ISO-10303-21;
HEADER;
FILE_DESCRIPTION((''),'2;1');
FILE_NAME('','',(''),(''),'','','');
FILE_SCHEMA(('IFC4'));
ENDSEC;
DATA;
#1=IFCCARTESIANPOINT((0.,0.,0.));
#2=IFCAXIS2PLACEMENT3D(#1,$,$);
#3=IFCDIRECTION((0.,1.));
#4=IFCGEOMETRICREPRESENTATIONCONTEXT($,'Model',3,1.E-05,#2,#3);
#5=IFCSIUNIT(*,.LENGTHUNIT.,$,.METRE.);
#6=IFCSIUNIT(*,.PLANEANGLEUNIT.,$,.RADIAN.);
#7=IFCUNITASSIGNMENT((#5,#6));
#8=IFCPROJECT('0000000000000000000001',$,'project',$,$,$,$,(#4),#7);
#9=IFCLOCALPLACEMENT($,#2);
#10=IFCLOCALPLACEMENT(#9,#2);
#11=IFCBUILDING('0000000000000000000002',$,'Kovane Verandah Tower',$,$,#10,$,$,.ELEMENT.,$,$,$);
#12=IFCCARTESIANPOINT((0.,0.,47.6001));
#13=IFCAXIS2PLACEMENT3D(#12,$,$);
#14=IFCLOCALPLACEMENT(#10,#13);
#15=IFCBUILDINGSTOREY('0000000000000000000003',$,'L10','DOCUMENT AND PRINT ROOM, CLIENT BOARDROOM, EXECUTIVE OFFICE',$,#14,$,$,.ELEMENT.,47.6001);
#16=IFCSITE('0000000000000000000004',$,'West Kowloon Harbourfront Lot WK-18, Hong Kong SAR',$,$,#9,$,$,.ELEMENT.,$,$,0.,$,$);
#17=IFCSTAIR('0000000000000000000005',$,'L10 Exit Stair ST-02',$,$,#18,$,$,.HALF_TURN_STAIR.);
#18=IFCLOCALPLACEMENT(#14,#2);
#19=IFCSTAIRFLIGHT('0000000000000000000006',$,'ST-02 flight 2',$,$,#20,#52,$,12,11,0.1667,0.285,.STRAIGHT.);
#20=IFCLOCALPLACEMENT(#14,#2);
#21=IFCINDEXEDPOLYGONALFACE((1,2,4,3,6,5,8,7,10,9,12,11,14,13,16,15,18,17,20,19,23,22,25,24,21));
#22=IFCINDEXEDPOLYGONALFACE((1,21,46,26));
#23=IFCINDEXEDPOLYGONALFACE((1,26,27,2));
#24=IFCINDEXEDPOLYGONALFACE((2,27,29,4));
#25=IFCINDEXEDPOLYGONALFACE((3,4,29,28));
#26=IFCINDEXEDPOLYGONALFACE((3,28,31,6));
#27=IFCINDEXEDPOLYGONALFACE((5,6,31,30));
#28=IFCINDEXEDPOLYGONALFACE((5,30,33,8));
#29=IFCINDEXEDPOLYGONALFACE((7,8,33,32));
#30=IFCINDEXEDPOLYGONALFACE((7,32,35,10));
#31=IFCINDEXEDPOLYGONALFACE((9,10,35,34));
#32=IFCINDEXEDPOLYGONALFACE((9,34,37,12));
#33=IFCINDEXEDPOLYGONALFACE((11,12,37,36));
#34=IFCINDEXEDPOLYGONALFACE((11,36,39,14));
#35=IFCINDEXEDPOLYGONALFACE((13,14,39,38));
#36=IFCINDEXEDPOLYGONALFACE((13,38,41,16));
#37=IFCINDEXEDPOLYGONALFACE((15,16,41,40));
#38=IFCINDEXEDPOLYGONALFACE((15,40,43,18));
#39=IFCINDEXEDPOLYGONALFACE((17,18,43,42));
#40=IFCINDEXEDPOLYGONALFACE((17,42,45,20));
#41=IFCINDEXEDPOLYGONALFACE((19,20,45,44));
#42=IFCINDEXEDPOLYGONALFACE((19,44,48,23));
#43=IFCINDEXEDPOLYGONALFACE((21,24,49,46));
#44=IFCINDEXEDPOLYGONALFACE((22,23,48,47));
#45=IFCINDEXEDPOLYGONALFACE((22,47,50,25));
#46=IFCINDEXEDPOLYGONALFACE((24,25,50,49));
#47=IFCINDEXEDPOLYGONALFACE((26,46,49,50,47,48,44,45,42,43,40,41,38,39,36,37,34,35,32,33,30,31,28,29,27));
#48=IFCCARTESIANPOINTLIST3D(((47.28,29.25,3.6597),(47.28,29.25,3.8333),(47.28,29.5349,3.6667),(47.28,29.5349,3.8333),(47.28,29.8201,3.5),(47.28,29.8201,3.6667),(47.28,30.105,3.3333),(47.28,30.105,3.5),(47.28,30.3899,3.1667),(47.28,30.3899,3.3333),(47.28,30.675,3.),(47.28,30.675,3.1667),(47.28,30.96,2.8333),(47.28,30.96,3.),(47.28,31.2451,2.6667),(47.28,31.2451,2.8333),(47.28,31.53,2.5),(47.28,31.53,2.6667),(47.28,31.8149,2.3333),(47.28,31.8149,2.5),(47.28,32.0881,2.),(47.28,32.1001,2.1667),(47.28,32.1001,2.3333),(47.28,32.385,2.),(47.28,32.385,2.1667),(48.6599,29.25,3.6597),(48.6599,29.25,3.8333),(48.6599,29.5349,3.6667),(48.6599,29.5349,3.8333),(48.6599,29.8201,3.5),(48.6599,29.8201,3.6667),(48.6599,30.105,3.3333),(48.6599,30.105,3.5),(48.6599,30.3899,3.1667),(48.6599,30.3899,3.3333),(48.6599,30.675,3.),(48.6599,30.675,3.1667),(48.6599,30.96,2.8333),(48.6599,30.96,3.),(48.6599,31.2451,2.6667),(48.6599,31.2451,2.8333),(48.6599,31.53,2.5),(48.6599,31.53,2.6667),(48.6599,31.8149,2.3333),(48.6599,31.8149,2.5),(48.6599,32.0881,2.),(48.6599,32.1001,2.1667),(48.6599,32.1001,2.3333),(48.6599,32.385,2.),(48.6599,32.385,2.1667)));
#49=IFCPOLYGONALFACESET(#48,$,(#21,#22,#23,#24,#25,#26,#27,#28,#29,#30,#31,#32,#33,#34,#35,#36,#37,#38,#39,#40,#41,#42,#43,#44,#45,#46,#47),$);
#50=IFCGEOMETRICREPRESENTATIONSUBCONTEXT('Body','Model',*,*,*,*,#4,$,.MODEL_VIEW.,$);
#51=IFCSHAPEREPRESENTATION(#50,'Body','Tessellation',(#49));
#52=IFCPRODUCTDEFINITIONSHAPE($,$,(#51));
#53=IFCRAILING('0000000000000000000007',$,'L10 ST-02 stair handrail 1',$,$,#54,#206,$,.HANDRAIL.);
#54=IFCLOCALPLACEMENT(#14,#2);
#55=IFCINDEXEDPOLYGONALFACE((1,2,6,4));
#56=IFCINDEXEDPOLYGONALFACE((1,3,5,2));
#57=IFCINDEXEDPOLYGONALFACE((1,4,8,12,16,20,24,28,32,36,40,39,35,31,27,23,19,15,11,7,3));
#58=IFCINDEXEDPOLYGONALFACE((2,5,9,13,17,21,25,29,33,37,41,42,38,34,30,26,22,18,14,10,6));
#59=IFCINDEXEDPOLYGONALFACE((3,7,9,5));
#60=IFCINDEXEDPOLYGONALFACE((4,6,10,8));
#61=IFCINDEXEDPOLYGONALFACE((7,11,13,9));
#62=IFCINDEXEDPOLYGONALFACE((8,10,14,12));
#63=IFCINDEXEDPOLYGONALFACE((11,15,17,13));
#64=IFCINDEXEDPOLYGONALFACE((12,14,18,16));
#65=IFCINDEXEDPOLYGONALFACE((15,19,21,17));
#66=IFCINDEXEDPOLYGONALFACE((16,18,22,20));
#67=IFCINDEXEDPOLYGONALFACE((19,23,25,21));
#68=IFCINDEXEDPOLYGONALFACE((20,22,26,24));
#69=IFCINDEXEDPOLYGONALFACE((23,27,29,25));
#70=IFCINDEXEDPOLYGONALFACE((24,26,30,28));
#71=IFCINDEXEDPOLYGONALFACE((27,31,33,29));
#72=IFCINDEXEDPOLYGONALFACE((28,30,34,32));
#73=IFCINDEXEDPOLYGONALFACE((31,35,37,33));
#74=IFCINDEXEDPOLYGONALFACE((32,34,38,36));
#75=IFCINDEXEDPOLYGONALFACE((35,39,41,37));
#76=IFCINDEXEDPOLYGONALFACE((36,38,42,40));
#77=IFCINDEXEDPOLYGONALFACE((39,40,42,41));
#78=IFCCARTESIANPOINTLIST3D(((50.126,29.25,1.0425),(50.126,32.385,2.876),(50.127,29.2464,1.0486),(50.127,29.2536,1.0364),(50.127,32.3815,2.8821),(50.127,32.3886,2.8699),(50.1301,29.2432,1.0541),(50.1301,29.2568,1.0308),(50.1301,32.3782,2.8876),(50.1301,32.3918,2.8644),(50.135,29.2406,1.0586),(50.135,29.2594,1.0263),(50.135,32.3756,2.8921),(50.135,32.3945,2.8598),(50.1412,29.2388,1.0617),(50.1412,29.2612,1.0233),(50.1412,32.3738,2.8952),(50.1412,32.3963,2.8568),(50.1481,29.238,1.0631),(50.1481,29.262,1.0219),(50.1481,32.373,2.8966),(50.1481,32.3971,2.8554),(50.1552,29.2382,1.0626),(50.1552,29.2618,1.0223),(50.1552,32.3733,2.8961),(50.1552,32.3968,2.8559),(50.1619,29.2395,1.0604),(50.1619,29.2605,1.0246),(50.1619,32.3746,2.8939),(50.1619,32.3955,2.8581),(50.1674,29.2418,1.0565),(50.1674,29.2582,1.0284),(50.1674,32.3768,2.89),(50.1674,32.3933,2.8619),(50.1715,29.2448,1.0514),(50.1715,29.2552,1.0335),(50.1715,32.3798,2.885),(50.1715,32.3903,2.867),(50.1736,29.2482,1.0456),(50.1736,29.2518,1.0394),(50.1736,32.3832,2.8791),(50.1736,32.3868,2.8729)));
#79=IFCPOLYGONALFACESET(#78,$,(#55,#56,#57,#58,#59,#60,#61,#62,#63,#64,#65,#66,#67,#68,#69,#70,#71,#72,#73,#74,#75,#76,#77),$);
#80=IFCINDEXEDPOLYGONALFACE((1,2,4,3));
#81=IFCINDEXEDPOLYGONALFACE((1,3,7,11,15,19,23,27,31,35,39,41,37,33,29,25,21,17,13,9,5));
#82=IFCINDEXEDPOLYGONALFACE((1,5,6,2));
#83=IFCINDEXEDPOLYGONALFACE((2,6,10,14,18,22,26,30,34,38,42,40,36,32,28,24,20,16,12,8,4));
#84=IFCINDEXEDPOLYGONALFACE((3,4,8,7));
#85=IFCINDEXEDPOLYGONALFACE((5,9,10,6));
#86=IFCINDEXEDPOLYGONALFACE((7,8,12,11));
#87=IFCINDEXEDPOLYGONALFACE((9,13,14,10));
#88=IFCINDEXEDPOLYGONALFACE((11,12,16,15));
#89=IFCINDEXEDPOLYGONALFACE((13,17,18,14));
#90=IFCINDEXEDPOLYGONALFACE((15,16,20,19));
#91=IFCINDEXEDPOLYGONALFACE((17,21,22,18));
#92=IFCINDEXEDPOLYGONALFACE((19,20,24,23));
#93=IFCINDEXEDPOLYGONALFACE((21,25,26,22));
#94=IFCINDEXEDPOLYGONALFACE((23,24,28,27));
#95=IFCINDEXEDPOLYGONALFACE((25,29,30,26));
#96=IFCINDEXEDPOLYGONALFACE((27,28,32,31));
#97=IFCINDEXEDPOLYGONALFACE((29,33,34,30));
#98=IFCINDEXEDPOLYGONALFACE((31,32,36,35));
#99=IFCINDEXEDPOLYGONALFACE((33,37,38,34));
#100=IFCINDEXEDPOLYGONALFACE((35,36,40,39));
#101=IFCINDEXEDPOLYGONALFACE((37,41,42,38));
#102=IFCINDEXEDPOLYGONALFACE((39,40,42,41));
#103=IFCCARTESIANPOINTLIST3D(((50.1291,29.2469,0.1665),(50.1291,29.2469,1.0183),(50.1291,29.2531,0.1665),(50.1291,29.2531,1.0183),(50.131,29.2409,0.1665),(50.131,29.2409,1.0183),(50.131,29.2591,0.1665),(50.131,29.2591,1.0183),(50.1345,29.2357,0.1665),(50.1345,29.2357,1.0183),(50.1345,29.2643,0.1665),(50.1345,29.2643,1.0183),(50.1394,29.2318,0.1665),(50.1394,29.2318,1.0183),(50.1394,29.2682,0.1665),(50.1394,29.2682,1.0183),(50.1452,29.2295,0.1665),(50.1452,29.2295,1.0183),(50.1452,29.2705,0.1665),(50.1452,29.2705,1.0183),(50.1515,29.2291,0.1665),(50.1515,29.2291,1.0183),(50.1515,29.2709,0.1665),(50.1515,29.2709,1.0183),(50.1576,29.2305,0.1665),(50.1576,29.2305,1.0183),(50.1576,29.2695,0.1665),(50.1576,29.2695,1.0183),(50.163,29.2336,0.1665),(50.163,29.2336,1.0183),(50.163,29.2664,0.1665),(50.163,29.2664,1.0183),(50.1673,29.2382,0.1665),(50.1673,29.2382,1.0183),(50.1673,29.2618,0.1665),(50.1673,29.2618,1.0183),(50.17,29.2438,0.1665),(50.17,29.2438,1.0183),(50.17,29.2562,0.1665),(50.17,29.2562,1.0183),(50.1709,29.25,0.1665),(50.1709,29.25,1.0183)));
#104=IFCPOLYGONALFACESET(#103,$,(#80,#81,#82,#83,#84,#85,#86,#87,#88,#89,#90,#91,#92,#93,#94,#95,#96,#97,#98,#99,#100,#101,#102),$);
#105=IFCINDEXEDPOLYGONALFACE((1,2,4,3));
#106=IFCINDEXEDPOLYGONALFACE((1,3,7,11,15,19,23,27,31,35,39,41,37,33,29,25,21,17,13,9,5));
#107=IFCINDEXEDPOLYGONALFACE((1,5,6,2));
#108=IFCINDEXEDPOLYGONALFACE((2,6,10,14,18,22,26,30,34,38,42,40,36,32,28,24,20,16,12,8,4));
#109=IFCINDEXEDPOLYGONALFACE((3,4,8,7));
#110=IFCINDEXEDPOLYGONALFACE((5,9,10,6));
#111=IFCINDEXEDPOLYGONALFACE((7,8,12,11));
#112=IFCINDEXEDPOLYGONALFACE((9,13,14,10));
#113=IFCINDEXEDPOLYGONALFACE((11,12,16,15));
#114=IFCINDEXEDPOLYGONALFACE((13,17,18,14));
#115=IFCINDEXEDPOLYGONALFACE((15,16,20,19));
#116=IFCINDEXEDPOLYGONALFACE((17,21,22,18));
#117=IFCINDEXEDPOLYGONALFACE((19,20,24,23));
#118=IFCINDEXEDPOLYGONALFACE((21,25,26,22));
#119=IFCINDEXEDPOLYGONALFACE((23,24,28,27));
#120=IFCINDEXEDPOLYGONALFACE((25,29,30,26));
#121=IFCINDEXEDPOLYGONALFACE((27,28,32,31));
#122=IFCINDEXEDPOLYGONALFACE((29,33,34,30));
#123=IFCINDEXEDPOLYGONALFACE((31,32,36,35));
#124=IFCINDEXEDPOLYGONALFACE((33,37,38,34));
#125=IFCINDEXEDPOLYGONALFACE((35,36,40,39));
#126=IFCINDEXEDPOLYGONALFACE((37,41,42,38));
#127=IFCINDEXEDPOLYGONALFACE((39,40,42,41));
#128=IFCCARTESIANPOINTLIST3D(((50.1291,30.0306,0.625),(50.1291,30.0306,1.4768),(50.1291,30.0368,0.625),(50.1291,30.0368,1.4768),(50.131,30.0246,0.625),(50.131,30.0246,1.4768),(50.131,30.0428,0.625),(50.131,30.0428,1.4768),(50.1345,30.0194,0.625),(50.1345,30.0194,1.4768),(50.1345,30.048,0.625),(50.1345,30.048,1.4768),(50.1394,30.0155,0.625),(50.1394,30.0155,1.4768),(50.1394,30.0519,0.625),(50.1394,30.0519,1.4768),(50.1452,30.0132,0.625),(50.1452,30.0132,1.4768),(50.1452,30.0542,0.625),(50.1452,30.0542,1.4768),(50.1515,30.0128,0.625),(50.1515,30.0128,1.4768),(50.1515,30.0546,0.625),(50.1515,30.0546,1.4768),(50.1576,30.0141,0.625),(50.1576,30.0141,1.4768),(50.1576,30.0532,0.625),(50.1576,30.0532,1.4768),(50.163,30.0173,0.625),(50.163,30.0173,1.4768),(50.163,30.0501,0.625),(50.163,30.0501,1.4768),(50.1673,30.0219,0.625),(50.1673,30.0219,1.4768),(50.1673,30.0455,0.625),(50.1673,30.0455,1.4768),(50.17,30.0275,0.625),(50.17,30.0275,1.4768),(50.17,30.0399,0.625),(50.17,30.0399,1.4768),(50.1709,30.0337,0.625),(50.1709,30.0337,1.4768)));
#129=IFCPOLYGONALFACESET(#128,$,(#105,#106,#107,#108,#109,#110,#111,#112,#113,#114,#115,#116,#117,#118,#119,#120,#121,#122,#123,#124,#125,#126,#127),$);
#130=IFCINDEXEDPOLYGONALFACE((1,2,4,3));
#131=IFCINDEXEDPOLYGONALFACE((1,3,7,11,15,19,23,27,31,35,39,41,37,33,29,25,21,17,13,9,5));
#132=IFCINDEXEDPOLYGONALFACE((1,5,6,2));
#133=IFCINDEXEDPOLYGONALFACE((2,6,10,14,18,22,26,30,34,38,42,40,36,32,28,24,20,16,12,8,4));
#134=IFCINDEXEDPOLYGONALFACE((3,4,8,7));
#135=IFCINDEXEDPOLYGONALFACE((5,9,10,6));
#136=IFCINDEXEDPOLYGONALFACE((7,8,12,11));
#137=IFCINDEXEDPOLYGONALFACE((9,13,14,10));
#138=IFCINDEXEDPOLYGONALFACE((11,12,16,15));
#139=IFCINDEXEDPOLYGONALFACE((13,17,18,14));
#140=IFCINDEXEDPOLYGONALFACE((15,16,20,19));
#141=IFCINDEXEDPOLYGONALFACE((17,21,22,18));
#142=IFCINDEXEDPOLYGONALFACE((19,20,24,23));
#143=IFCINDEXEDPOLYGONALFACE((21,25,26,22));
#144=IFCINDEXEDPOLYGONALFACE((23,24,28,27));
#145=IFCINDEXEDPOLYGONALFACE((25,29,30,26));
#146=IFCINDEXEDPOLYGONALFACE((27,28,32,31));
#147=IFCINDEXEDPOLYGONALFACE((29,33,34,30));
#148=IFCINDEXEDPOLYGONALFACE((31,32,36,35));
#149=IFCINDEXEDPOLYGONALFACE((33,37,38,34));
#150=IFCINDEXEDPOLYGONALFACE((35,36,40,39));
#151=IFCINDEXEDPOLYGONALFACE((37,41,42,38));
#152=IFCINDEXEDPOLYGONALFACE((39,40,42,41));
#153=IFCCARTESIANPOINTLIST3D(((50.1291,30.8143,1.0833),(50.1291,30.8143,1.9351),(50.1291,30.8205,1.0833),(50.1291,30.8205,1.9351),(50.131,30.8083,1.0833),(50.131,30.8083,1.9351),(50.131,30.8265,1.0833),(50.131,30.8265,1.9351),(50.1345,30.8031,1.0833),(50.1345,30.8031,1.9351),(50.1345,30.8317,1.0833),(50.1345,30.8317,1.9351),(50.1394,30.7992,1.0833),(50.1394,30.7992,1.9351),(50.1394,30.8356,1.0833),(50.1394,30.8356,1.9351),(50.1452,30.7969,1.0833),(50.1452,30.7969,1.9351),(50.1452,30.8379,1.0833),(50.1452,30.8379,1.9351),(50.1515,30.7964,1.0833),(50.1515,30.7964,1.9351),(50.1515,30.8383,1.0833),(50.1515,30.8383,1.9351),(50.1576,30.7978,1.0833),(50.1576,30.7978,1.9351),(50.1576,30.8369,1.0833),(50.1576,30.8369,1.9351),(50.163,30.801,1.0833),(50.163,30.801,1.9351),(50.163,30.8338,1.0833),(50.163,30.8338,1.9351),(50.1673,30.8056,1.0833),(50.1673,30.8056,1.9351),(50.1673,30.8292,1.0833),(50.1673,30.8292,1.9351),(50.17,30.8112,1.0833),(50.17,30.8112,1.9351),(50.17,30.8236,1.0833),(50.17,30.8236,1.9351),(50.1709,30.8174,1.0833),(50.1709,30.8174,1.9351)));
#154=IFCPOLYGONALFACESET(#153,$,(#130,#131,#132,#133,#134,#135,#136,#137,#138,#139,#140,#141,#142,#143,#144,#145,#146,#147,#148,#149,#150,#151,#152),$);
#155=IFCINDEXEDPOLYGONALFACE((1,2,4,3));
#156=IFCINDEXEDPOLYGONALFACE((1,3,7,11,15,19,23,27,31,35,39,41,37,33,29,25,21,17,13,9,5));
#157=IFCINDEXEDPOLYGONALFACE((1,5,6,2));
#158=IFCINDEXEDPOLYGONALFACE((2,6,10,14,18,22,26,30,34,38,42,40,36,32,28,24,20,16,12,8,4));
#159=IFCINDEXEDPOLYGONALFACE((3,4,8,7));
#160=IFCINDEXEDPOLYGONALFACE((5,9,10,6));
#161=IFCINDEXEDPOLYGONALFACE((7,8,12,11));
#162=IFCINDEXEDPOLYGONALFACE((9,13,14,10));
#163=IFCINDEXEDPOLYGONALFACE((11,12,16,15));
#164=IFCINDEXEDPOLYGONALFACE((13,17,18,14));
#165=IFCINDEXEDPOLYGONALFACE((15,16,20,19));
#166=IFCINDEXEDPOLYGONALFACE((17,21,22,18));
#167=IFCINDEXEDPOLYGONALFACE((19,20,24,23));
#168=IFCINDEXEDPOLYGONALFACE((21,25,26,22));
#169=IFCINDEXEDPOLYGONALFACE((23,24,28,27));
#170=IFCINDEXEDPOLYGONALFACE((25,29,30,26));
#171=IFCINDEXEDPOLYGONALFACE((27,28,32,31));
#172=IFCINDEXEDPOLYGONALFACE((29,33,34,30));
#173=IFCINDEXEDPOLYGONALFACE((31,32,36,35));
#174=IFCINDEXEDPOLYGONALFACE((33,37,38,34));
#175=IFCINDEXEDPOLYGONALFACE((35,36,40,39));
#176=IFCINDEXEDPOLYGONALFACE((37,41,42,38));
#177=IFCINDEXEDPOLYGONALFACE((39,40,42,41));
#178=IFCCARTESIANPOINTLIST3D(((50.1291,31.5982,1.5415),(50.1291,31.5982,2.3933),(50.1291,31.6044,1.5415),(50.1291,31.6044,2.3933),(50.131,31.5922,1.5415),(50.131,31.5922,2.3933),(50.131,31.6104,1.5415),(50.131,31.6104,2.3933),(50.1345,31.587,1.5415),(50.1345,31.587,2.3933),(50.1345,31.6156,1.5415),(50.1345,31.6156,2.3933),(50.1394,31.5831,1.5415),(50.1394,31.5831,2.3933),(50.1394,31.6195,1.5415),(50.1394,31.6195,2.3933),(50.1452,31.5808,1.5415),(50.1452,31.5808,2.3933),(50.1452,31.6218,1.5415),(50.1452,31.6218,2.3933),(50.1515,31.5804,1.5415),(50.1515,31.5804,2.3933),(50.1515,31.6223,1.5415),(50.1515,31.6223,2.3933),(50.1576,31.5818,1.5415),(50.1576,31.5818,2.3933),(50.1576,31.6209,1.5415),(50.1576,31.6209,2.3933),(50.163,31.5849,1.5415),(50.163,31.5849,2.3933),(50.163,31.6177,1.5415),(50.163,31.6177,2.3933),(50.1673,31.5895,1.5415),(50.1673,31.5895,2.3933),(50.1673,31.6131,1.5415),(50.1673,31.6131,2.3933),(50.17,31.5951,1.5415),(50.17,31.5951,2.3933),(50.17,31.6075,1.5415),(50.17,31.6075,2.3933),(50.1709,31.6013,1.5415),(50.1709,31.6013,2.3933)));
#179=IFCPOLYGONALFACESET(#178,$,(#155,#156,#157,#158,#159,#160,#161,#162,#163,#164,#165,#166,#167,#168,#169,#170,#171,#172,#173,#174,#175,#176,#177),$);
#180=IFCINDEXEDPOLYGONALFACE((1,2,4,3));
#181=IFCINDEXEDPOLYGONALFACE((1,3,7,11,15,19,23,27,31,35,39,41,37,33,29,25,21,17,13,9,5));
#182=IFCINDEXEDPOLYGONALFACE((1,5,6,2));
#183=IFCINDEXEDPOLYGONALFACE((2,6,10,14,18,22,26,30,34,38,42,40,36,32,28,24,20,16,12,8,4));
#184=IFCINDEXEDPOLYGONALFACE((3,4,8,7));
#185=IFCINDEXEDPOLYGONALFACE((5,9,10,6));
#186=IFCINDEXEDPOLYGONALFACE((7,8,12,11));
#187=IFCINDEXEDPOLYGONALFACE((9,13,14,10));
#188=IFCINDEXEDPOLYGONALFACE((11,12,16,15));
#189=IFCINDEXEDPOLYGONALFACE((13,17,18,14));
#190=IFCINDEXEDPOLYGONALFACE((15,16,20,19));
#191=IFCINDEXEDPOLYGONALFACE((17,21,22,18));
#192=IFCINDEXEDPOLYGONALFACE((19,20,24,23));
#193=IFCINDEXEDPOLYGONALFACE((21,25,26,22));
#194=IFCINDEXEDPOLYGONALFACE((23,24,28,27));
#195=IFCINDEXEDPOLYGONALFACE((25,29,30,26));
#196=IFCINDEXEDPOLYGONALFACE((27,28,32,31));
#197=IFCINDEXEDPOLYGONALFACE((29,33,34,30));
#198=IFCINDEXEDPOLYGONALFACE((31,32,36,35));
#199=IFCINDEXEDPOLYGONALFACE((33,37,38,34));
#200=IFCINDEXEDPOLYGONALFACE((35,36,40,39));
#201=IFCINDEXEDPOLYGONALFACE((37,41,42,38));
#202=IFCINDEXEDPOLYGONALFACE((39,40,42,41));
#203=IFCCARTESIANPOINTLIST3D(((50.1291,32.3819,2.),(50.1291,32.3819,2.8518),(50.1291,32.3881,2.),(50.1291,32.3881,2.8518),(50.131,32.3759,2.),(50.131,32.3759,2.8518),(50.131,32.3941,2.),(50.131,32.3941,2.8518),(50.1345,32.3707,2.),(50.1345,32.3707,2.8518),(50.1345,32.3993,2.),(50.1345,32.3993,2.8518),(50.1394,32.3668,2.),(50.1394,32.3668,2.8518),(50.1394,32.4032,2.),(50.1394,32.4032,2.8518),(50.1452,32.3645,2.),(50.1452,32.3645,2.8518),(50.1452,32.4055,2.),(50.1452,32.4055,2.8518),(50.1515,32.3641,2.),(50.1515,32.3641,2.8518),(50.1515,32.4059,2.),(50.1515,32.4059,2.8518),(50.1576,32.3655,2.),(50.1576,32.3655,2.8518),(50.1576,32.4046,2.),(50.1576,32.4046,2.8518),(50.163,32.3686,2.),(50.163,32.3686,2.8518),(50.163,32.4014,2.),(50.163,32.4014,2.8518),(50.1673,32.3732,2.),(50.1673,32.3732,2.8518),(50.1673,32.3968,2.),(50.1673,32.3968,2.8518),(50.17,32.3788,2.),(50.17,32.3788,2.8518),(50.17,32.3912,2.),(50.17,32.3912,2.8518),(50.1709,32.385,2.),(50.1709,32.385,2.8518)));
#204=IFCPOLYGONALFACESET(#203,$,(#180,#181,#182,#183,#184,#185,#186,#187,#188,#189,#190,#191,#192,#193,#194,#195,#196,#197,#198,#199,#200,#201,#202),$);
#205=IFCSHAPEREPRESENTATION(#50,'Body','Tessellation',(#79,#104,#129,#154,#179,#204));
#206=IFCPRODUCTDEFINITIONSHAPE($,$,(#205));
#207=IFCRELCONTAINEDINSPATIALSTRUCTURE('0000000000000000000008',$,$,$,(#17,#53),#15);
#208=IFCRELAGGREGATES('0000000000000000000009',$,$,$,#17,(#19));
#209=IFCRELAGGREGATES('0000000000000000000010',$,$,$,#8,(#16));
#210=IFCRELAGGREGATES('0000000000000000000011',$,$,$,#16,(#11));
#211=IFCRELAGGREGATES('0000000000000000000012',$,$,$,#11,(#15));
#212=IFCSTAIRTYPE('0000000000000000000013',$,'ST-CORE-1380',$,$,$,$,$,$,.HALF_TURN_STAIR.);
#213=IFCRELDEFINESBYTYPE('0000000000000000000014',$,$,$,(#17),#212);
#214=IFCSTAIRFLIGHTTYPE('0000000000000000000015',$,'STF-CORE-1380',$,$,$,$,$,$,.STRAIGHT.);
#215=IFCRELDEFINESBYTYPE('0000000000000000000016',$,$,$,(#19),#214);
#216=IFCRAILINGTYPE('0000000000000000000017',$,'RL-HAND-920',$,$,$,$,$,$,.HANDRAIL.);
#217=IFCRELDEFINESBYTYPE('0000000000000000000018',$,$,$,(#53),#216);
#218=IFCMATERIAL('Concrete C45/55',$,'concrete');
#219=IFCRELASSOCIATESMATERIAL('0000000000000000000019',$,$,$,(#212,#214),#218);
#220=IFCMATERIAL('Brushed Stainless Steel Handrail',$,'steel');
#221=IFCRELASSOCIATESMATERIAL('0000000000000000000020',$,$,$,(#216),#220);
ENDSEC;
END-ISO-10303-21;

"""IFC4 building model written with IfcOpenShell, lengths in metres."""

from ifc_helpers import new_model, si_unit, direction, frame, origin, origin_2d, place, context, subcontext, project, spatial, polyline, circle, outline, extrude, material, type_object, element, aggregate, save


model = new_model("IFC4")

# Units and contexts
model_context = context("Model", 3, precision=1e-05, world=origin(), true_north=direction((0.0, 1.0)))
body_context = subcontext(model_context, "Body", "Model", "MODEL_VIEW")
ifc_project = project(units=[si_unit("LENGTHUNIT", "METRE"), si_unit("PLANEANGLEUNIT", "RADIAN")], contexts=[model_context])

# Site, building, storey
site_placement = place(None, origin())
site = spatial("IfcSite", under=ifc_project, at=site_placement, Name="West Kowloon Harbourfront Lot WK-18, Hong Kong SAR", CompositionType="ELEMENT", RefElevation=0.0)
building_placement = place(site_placement, origin())
building = spatial("IfcBuilding", under=site, at=building_placement, Name="Kovane Verandah Tower", CompositionType="ELEMENT")
storey_placement = place(building_placement, frame((0.0, 0.0, 47.6001)))
storey = spatial("IfcBuildingStorey", under=building, at=storey_placement, Name="L10", Description="DOCUMENT AND PRINT ROOM, CLIENT BOARDROOM, EXECUTIVE OFFICE", CompositionType="ELEMENT", Elevation=47.6001)

# Shared definitions
ifc_material_1 = material(Name="Concrete C45/55", Category="concrete")

# Stair, stair flight
stair_type = type_object("IfcStairType", Name="ST-CORE-1380", PredefinedType="HALF_TURN_STAIR", material=ifc_material_1)
stair_placement = place(storey_placement, origin())
stair = element("IfcStair", 1, at=stair_placement, inside=storey, type_object=stair_type, Name="L10 Exit Stair ST-02", PredefinedType="HALF_TURN_STAIR")
stair_flight_type = type_object("IfcStairFlightType", Name="STF-CORE-1380", PredefinedType="STRAIGHT", material=ifc_material_1)
stair_flight_1_placement = place(storey_placement, frame((47.97, 32.385, 2.0), z_axis=(0.0, 0.0, 1.0), x_axis=(0.0, -1.0, 0.0)))
stair_flight_1 = element("IfcStairFlight", 2, at=stair_flight_1_placement, type_object=stair_flight_type, Name="ST-02 flight 2", NumberOfRisers=12, NumberOfTreads=11, PredefinedType="STRAIGHT", RiserHeight=0.1667, TreadLength=0.285, context=body_context, shape_type="SweptSolid", body=[
    extrude(outline(polyline([(0.0, 0.0), (0.0, 0.1667), (0.2849, 0.1667), (0.2849, 0.3333), (0.5701, 0.3333), (0.5701, 0.5), (0.855, 0.5), (0.855, 0.6667), (1.1399, 0.6667), (1.1399, 0.8333), (1.425, 0.8333), (1.425, 1.0), (1.71, 1.0), (1.71, 1.1667), (1.9951, 1.1667), (1.9951, 1.3333), (2.28, 1.3333), (2.28, 1.5), (2.5649, 1.5), (2.5649, 1.6667), (2.8501, 1.6667), (2.8501, 1.8333), (3.135, 1.8333), (3.135, 2.0), (3.135, 1.6597), (0.2969, 0.0), (0.0, 0.0)])), frame((0.0, 0.6899, 0.0), z_axis=(0.0, -1.0, 0.0), x_axis=(1.0, 0.0, 0.0)), (0.0, 0.0, 1.0), 1.3799),
])
aggregate(stair, [stair_flight_1])

# Railing
ifc_material_2 = material(Name="Brushed Stainless Steel Handrail", Category="steel")
railing_type_1 = type_object("IfcRailingType", Name="RL-HAND-920", PredefinedType="HANDRAIL", material=ifc_material_2)
railing_1_placement = place(storey_placement, frame((50.1499, 29.25, 0.1665)))
element("IfcRailing", 3, at=railing_1_placement, inside=storey, type_object=railing_type_1, Name="L10 ST-02 stair handrail 1", PredefinedType="HANDRAIL", context=body_context, shape_type="SweptSolid", body=[
    extrude(circle(Radius=0.0239, at=origin_2d()), frame((0.0, 0.0, 0.876), z_axis=(0.0, 0.86321, 0.504845), x_axis=(-1.0, 0.0, 0.0)), (0.0, 0.0, 1.0), 3.6318),
    extrude(circle(Radius=0.021, at=origin_2d()), origin(), (0.0, 0.0, 1.0), 0.8518),
    extrude(circle(Radius=0.021, at=origin_2d()), frame((0.0, 0.7837, 0.4585)), (0.0, 0.0, 1.0), 0.8518),
    extrude(circle(Radius=0.021, at=origin_2d()), frame((0.0, 1.5674, 0.9167)), (0.0, 0.0, 1.0), 0.8518),
    extrude(circle(Radius=0.021, at=origin_2d()), frame((0.0, 2.3513, 1.375)), (0.0, 0.0, 1.0), 0.8518),
    extrude(circle(Radius=0.021, at=origin_2d()), frame((0.0, 3.135, 1.8335)), (0.0, 0.0, 1.0), 0.8518),
])

save(model, "model.ifc")
